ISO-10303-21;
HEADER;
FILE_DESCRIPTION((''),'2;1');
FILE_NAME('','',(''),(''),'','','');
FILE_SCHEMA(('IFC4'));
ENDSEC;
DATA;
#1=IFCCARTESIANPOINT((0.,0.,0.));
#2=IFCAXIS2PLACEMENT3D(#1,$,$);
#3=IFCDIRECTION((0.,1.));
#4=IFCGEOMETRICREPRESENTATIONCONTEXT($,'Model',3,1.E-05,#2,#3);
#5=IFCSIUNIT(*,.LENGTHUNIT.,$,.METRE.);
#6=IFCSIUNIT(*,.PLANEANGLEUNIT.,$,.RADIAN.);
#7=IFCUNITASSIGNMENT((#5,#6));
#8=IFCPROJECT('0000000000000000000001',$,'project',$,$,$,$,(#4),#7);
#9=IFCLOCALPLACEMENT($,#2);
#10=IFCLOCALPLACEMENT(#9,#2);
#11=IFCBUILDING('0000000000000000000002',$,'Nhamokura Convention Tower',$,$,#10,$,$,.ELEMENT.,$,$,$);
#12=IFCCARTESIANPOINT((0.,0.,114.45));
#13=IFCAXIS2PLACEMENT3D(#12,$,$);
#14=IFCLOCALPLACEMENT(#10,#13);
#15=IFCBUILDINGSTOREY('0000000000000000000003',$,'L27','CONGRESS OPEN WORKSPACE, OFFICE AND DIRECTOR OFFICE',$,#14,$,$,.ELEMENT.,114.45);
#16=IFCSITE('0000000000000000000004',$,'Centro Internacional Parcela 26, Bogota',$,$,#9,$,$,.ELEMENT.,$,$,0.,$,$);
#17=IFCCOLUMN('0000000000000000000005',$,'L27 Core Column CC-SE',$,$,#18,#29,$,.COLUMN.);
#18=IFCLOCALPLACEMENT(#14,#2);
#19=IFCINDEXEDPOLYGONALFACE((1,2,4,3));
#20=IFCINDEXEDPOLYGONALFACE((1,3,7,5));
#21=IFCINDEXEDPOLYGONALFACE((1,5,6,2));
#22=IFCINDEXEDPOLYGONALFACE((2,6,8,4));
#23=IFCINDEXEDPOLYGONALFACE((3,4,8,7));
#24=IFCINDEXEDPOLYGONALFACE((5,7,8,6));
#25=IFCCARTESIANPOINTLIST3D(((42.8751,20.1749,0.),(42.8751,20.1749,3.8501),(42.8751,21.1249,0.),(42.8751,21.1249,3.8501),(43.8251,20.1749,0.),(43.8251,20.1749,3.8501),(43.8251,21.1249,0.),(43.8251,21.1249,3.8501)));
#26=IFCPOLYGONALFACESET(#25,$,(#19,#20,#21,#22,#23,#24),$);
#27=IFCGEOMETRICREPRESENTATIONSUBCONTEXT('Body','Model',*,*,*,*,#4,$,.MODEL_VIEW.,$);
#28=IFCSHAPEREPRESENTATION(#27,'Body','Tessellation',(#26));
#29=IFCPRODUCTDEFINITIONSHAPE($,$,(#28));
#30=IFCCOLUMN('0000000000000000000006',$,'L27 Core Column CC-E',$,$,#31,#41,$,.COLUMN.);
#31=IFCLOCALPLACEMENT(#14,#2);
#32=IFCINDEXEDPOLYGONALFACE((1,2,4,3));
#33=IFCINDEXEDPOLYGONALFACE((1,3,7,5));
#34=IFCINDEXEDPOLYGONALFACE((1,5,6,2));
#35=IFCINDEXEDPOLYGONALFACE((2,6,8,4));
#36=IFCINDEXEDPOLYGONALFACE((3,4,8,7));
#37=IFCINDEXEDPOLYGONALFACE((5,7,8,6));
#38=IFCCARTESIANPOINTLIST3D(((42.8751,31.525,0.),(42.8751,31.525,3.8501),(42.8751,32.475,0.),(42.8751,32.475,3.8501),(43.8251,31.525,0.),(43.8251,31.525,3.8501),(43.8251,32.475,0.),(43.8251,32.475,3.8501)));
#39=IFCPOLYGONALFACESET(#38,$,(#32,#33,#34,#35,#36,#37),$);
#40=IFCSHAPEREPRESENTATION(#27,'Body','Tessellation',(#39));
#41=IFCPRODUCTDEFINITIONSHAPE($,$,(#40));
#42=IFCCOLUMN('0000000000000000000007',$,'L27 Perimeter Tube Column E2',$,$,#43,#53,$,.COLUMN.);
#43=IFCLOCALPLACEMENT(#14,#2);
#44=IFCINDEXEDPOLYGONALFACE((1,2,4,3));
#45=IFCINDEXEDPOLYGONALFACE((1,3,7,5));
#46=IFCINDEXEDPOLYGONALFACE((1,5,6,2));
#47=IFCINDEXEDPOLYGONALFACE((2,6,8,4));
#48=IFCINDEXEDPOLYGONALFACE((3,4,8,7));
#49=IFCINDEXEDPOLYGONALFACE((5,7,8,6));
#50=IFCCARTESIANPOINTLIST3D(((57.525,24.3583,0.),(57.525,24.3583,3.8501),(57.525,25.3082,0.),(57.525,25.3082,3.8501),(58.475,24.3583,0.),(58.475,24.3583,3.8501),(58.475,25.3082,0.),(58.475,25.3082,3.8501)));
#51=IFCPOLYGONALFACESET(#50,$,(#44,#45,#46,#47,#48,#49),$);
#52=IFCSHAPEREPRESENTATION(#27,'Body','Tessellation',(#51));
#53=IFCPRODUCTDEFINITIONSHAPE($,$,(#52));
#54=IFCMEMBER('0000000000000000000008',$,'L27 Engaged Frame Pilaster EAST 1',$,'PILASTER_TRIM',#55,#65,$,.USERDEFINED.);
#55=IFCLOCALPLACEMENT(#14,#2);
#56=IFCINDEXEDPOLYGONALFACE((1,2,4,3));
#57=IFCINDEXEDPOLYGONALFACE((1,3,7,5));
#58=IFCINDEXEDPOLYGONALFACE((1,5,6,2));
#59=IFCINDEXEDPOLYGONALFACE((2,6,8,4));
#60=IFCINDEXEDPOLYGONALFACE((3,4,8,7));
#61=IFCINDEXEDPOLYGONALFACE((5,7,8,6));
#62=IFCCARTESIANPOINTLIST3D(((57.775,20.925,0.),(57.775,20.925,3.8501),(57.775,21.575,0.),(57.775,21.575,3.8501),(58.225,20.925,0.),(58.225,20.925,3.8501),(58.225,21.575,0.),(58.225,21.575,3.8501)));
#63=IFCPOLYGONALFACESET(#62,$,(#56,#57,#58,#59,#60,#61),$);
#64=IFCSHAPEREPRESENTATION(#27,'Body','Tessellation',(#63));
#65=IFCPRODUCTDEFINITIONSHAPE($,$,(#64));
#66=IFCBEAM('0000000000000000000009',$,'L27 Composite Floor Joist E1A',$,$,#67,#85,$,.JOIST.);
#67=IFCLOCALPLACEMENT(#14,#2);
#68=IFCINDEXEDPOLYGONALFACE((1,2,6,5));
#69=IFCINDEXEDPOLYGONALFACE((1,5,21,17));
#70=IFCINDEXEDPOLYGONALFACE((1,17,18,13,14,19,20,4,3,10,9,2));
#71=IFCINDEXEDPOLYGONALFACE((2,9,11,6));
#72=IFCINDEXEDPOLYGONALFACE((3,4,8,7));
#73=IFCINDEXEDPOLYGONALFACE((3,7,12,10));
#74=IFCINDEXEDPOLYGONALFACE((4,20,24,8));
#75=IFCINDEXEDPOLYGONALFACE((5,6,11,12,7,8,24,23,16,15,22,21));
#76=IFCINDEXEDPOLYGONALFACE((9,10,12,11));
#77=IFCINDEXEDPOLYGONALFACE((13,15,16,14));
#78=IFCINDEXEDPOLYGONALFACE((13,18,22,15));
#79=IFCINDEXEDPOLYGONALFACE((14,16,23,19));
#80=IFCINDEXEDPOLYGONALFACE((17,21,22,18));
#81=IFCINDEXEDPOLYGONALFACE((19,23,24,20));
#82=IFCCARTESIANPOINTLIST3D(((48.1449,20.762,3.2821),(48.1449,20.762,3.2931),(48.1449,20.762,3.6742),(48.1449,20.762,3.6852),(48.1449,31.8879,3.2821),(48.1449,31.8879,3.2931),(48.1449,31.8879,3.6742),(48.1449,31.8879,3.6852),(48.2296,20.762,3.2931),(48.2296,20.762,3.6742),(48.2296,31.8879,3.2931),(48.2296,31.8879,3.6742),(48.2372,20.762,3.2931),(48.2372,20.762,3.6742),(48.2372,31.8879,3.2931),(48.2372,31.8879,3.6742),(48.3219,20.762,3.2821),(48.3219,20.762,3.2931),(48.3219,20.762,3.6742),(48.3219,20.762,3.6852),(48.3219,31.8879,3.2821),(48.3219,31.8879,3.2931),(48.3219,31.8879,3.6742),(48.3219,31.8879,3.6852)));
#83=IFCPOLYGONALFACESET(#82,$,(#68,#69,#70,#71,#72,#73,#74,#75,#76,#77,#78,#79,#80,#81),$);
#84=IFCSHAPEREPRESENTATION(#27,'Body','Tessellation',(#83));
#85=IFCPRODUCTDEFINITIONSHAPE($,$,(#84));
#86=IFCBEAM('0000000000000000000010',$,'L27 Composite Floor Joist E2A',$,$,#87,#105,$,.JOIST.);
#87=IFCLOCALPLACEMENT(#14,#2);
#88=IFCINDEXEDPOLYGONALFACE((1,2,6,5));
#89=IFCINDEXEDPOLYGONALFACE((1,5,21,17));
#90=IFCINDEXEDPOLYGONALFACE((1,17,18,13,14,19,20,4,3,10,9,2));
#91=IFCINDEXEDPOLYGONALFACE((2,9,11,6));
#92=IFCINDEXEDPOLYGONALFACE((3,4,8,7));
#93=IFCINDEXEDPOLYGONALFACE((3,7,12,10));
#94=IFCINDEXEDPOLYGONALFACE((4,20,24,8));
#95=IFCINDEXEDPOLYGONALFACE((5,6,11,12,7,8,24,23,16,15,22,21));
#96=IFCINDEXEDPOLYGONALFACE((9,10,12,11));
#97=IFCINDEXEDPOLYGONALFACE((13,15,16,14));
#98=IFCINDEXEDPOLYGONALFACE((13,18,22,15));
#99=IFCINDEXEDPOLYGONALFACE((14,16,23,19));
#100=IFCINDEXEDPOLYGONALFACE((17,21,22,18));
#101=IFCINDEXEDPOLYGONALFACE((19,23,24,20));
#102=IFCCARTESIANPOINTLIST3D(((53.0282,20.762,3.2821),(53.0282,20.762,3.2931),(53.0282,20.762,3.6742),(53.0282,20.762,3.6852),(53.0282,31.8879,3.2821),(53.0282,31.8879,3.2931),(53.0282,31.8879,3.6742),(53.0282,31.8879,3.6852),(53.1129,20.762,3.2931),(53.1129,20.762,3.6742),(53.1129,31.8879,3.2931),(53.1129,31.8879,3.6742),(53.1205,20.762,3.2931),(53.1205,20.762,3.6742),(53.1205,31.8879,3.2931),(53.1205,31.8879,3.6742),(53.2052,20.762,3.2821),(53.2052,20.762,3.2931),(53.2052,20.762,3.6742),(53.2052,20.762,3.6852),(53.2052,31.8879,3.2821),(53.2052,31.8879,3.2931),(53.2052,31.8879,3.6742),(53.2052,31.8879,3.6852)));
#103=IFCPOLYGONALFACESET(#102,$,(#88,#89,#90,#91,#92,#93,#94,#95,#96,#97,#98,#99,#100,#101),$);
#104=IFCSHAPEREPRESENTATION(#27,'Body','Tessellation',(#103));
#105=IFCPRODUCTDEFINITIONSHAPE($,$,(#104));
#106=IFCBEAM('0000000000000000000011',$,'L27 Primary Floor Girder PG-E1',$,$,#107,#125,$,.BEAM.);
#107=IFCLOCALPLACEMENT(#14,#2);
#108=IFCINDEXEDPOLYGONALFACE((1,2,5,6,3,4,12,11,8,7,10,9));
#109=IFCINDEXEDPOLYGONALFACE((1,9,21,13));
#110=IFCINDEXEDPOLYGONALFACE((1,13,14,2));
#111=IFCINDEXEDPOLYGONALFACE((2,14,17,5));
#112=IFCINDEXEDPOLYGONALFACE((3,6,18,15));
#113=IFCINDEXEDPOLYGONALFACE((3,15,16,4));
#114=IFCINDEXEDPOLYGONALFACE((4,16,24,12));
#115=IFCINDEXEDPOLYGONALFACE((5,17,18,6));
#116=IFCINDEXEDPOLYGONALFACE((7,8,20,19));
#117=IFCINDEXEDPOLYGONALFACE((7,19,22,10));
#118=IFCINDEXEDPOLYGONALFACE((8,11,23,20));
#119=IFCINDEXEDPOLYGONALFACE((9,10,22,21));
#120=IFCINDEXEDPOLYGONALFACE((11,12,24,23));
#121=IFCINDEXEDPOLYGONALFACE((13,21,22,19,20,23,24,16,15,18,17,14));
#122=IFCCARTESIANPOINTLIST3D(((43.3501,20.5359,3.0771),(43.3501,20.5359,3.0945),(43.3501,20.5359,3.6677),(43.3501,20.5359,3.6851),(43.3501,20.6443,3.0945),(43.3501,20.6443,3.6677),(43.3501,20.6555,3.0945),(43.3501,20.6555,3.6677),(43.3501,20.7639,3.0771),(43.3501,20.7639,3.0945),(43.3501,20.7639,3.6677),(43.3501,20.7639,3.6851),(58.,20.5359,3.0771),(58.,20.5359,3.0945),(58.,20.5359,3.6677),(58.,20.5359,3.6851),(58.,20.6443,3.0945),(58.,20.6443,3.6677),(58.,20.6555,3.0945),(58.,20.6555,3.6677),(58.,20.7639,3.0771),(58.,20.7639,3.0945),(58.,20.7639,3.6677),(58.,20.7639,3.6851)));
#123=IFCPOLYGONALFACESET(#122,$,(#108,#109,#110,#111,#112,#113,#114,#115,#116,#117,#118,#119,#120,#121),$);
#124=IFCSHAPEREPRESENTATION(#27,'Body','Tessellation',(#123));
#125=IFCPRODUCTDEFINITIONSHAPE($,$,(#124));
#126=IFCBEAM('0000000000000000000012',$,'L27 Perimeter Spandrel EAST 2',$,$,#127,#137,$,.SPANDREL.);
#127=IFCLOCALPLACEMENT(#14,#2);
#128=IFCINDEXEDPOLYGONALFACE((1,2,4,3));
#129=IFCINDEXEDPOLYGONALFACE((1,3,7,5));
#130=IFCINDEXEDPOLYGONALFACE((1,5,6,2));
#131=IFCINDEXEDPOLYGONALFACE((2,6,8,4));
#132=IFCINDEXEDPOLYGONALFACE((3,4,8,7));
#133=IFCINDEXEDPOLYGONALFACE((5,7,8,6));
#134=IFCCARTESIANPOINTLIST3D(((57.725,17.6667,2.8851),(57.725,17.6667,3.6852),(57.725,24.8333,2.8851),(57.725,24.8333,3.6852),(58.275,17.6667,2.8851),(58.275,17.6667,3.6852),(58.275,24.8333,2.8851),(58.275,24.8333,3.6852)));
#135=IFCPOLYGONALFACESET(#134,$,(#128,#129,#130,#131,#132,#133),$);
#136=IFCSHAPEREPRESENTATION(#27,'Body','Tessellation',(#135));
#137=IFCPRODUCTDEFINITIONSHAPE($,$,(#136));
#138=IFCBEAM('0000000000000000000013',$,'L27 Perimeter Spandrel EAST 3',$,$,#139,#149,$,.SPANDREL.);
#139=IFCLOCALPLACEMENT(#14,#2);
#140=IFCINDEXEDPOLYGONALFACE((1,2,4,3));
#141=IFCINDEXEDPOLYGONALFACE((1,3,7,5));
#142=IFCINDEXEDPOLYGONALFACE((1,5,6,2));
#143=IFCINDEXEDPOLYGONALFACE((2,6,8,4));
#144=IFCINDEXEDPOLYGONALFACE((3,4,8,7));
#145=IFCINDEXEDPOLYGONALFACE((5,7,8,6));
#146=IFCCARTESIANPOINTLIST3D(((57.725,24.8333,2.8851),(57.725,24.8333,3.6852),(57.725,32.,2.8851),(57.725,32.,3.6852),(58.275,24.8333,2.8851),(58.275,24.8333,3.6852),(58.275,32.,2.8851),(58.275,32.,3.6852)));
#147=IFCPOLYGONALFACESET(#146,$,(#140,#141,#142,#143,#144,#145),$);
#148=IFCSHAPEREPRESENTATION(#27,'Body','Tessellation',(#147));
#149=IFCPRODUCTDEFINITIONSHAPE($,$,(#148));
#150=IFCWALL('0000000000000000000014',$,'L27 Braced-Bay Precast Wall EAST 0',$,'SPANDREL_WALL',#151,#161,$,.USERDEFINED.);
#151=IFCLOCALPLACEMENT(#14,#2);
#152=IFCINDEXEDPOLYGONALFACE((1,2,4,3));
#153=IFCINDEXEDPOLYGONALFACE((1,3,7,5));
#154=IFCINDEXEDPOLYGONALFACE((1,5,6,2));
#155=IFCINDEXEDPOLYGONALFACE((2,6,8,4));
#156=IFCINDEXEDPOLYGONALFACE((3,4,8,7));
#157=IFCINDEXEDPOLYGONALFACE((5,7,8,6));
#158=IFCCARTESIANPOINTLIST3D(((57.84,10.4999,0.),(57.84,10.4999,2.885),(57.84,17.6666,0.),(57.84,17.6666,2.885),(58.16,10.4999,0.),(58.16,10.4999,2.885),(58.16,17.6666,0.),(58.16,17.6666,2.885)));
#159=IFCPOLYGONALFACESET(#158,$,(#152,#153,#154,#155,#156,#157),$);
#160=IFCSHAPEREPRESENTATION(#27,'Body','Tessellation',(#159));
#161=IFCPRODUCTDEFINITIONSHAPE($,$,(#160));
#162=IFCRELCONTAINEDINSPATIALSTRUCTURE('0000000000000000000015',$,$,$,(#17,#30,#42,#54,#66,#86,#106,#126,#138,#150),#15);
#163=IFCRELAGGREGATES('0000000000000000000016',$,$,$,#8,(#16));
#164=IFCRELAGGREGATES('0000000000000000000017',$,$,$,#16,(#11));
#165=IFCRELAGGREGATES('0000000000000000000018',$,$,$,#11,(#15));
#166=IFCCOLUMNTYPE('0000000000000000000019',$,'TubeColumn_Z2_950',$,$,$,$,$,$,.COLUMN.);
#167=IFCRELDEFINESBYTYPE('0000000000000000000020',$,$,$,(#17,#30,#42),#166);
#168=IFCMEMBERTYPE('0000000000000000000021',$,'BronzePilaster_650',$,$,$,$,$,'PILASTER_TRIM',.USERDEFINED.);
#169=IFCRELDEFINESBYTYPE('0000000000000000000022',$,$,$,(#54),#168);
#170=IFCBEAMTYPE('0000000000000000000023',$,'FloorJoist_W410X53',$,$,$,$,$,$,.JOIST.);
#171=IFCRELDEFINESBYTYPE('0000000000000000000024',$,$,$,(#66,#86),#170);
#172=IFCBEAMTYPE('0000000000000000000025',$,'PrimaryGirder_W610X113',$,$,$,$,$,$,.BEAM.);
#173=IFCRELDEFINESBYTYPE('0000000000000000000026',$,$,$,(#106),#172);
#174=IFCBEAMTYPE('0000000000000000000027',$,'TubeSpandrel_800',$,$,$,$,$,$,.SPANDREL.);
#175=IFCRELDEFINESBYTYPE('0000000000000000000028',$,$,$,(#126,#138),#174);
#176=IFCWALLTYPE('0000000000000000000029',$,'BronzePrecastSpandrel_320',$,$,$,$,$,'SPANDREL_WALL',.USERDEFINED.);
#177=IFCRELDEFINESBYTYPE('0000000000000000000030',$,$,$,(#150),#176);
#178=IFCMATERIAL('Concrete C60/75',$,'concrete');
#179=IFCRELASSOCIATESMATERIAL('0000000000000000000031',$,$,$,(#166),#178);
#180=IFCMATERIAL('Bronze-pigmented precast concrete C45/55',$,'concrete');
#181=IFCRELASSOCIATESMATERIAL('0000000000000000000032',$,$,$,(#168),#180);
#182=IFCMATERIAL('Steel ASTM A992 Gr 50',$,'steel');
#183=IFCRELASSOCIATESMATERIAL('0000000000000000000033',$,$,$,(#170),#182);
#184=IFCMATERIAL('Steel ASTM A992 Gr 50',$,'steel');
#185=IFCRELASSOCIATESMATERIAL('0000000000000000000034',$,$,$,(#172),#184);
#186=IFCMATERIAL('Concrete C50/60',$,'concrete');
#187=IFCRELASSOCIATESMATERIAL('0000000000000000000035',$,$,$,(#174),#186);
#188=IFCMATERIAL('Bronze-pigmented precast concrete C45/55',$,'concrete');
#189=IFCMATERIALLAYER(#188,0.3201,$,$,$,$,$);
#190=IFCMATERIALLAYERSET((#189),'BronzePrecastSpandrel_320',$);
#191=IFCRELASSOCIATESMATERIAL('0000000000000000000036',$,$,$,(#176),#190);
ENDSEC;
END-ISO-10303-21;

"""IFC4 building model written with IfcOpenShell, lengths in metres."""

from ifc_helpers import new_model, si_unit, direction, frame, frame_2d, origin, origin_2d, place, context, subcontext, project, spatial, rectangle, i_section, extrude, material, layer, layer_set, material_profile, profile_set, type_object, element, save


model = new_model("IFC4")

# Units and contexts
model_context = context("Model", 3, precision=1e-05, world=origin(), true_north=direction((0.0, 1.0)))
body_context = subcontext(model_context, "Body", "Model", "MODEL_VIEW")
ifc_project = project(units=[si_unit("LENGTHUNIT", "METRE"), si_unit("PLANEANGLEUNIT", "RADIAN")], contexts=[model_context])

# Site, building, storey
site_placement = place(None, origin())
site = spatial("IfcSite", under=ifc_project, at=site_placement, Name="Centro Internacional Parcela 26, Bogota", CompositionType="ELEMENT", RefElevation=0.0)
building_placement = place(site_placement, origin())
building = spatial("IfcBuilding", under=site, at=building_placement, Name="Nhamokura Convention Tower", CompositionType="ELEMENT")
storey_placement = place(building_placement, frame((0.0, 0.0, 114.45)))
storey = spatial("IfcBuildingStorey", under=building, at=storey_placement, Name="L27", Description="CONGRESS OPEN WORKSPACE, OFFICE AND DIRECTOR OFFICE", CompositionType="ELEMENT", Elevation=114.45)

# Columns
ifc_material_1 = material(Name="Concrete C60/75", Category="concrete")
ifc_material_profile_1 = material_profile(ifc_material_1, rectangle(XDim=0.95, YDim=0.95, at=origin_2d()))
ifc_profile_set_1 = profile_set([ifc_material_profile_1], Name="Concrete C60/75")
column_type = type_object("IfcColumnType", Name="TubeColumn_Z2_950", PredefinedType="COLUMN", material=ifc_profile_set_1)
for number, where, z_axis, x_axis, name in (
    (1, (43.3501, 20.6499, 0.0), (0.0, 0.0, 1.0), (1.0, 0.0, 0.0), "L27 Core Column CC-SE"),
    (2, (43.3501, 32.0, 0.0), (0.0, 0.0, 1.0), (1.0, 0.0, 0.0), "L27 Core Column CC-E"),
    (3, (58.0, 24.8333, 0.0), (0.0, 0.0, 1.0), (1.0, 0.0, 0.0), "L27 Perimeter Tube Column E2"),
):
    element("IfcColumn", number, at=place(storey_placement, frame(where, z_axis=z_axis, x_axis=x_axis)), inside=storey, type_object=column_type, Name=name, PredefinedType="COLUMN", context=body_context, shape_type="SweptSolid", body=[
        extrude(rectangle(XDim=0.95, YDim=0.95, at=origin_2d()), origin(), (0.0, 0.0, 1.0), 3.8501),
    ])

# Member
ifc_material_2 = material(Name="Bronze-pigmented precast concrete C45/55", Category="concrete")
ifc_material_profile_2 = material_profile(ifc_material_2, rectangle(XDim=0.45, YDim=0.6499, at=origin_2d()))
ifc_profile_set_2 = profile_set([ifc_material_profile_2], Name="Bronze-pigmented precast concrete C45/55")
member_type = type_object("IfcMemberType", Name="BronzePilaster_650", ElementType="PILASTER_TRIM", PredefinedType="USERDEFINED", material=ifc_profile_set_2)
member_placement = place(storey_placement, frame((58.0, 21.25, 0.0), z_axis=(0.0, 0.0, 1.0), x_axis=(1.0, 0.0, 0.0)))
element("IfcMember", 4, at=member_placement, inside=storey, type_object=member_type, Name="L27 Engaged Frame Pilaster EAST 1", ObjectType="PILASTER_TRIM", PredefinedType="USERDEFINED", context=body_context, shape_type="SweptSolid", body=[
    extrude(rectangle(XDim=0.45, YDim=0.6499, at=origin_2d()), origin(), (0.0, 0.0, 1.0), 3.8501),
])

# Beams
ifc_material_3 = material(Name="Steel ASTM A992 Gr 50", Category="steel")
ifc_material_profile_3 = material_profile(ifc_material_3, i_section(OverallWidth=0.177, OverallDepth=0.4031, WebThickness=0.0076, FlangeThickness=0.011, at=origin_2d()))
ifc_profile_set_3 = profile_set([ifc_material_profile_3], Name="Steel ASTM A992 Gr 50")
beam_type_1 = type_object("IfcBeamType", Name="FloorJoist_W410X53", PredefinedType="JOIST", material=ifc_profile_set_3)
for number, where, z_axis, x_axis, name in (
    (5, (48.2334, 20.762, 3.4836), (0.0, 1.0, 0.0), (-1.0, 0.0, 0.0), "L27 Composite Floor Joist E1A"),
    (6, (53.1167, 20.762, 3.4836), (0.0, 1.0, 0.0), (-1.0, 0.0, 0.0), "L27 Composite Floor Joist E2A"),
):
    element("IfcBeam", number, at=place(storey_placement, frame(where, z_axis=z_axis, x_axis=x_axis)), inside=storey, type_object=beam_type_1, Name=name, PredefinedType="JOIST", context=body_context, shape_type="SweptSolid", body=[
        extrude(i_section(OverallWidth=0.177, OverallDepth=0.4031, WebThickness=0.0076, FlangeThickness=0.011, at=origin_2d()), origin(), (0.0, 0.0, 1.0), 11.126),
    ])
ifc_material_4 = material(Name="Steel ASTM A992 Gr 50", Category="steel")
ifc_material_profile_4 = material_profile(ifc_material_4, i_section(OverallWidth=0.228, OverallDepth=0.6079, WebThickness=0.0112, FlangeThickness=0.0173, at=origin_2d()))
ifc_profile_set_4 = profile_set([ifc_material_profile_4], Name="Steel ASTM A992 Gr 50")
beam_type_2 = type_object("IfcBeamType", Name="PrimaryGirder_W610X113", PredefinedType="BEAM", material=ifc_profile_set_4)
beam_1_placement = place(storey_placement, frame((43.3501, 20.6499, 3.3811), z_axis=(1.0, 0.0, 0.0), x_axis=(0.0, 1.0, 0.0)))
element("IfcBeam", 7, at=beam_1_placement, inside=storey, type_object=beam_type_2, Name="L27 Primary Floor Girder PG-E1", PredefinedType="BEAM", context=body_context, shape_type="SweptSolid", body=[
    extrude(i_section(OverallWidth=0.228, OverallDepth=0.6079, WebThickness=0.0112, FlangeThickness=0.0173, at=origin_2d()), origin(), (0.0, 0.0, 1.0), 14.6499),
])
ifc_material_5 = material(Name="Concrete C50/60", Category="concrete")
ifc_material_profile_5 = material_profile(ifc_material_5, rectangle(XDim=0.55, YDim=0.8, at=origin_2d()))
ifc_profile_set_5 = profile_set([ifc_material_profile_5], Name="Concrete C50/60")
beam_type_3 = type_object("IfcBeamType", Name="TubeSpandrel_800", PredefinedType="SPANDREL", material=ifc_profile_set_5)
beam_2_placement = place(storey_placement, frame((58.0, 17.6667, 3.2852), z_axis=(0.0, 1.0, 0.0), x_axis=(-1.0, 0.0, 0.0)))
element("IfcBeam", 8, at=beam_2_placement, inside=storey, type_object=beam_type_3, Name="L27 Perimeter Spandrel EAST 2", PredefinedType="SPANDREL", context=body_context, shape_type="SweptSolid", body=[
    extrude(rectangle(XDim=0.55, YDim=0.8, at=origin_2d()), origin(), (0.0, 0.0, 1.0), 7.1665),
])
beam_3_placement = place(storey_placement, frame((58.0, 24.8333, 3.2852), z_axis=(0.0, 1.0, 0.0), x_axis=(-1.0, 0.0, 0.0)))
element("IfcBeam", 9, at=beam_3_placement, inside=storey, type_object=beam_type_3, Name="L27 Perimeter Spandrel EAST 3", PredefinedType="SPANDREL", context=body_context, shape_type="SweptSolid", body=[
    extrude(rectangle(XDim=0.55, YDim=0.8, at=origin_2d()), origin(), (0.0, 0.0, 1.0), 7.1667),
])

# Wall
ifc_material_6 = material(Name="Bronze-pigmented precast concrete C45/55", Category="concrete")
ifc_layer_1 = layer(ifc_material_6, 0.3201)
ifc_layer_set_1 = layer_set([ifc_layer_1], Name="BronzePrecastSpandrel_320")
wall_type_1 = type_object("IfcWallType", Name="BronzePrecastSpandrel_320", ElementType="SPANDREL_WALL", PredefinedType="USERDEFINED", material=ifc_layer_set_1)
wall_1_placement = place(storey_placement, frame((58.0, 17.6667, 0.0), z_axis=(0.0, 0.0, 1.0), x_axis=(0.0, -1.0, 0.0)))
element("IfcWall", 10, at=wall_1_placement, inside=storey, type_object=wall_type_1, Name="L27 Braced-Bay Precast Wall EAST 0", ObjectType="SPANDREL_WALL", PredefinedType="USERDEFINED", context=body_context, shape_type="SweptSolid", body=[
    extrude(rectangle(XDim=7.1667, YDim=0.3201, at=frame_2d((3.5835, 0.0))), origin(), (0.0, 0.0, 1.0), 2.885),
])

save(model, "model.ifc")
